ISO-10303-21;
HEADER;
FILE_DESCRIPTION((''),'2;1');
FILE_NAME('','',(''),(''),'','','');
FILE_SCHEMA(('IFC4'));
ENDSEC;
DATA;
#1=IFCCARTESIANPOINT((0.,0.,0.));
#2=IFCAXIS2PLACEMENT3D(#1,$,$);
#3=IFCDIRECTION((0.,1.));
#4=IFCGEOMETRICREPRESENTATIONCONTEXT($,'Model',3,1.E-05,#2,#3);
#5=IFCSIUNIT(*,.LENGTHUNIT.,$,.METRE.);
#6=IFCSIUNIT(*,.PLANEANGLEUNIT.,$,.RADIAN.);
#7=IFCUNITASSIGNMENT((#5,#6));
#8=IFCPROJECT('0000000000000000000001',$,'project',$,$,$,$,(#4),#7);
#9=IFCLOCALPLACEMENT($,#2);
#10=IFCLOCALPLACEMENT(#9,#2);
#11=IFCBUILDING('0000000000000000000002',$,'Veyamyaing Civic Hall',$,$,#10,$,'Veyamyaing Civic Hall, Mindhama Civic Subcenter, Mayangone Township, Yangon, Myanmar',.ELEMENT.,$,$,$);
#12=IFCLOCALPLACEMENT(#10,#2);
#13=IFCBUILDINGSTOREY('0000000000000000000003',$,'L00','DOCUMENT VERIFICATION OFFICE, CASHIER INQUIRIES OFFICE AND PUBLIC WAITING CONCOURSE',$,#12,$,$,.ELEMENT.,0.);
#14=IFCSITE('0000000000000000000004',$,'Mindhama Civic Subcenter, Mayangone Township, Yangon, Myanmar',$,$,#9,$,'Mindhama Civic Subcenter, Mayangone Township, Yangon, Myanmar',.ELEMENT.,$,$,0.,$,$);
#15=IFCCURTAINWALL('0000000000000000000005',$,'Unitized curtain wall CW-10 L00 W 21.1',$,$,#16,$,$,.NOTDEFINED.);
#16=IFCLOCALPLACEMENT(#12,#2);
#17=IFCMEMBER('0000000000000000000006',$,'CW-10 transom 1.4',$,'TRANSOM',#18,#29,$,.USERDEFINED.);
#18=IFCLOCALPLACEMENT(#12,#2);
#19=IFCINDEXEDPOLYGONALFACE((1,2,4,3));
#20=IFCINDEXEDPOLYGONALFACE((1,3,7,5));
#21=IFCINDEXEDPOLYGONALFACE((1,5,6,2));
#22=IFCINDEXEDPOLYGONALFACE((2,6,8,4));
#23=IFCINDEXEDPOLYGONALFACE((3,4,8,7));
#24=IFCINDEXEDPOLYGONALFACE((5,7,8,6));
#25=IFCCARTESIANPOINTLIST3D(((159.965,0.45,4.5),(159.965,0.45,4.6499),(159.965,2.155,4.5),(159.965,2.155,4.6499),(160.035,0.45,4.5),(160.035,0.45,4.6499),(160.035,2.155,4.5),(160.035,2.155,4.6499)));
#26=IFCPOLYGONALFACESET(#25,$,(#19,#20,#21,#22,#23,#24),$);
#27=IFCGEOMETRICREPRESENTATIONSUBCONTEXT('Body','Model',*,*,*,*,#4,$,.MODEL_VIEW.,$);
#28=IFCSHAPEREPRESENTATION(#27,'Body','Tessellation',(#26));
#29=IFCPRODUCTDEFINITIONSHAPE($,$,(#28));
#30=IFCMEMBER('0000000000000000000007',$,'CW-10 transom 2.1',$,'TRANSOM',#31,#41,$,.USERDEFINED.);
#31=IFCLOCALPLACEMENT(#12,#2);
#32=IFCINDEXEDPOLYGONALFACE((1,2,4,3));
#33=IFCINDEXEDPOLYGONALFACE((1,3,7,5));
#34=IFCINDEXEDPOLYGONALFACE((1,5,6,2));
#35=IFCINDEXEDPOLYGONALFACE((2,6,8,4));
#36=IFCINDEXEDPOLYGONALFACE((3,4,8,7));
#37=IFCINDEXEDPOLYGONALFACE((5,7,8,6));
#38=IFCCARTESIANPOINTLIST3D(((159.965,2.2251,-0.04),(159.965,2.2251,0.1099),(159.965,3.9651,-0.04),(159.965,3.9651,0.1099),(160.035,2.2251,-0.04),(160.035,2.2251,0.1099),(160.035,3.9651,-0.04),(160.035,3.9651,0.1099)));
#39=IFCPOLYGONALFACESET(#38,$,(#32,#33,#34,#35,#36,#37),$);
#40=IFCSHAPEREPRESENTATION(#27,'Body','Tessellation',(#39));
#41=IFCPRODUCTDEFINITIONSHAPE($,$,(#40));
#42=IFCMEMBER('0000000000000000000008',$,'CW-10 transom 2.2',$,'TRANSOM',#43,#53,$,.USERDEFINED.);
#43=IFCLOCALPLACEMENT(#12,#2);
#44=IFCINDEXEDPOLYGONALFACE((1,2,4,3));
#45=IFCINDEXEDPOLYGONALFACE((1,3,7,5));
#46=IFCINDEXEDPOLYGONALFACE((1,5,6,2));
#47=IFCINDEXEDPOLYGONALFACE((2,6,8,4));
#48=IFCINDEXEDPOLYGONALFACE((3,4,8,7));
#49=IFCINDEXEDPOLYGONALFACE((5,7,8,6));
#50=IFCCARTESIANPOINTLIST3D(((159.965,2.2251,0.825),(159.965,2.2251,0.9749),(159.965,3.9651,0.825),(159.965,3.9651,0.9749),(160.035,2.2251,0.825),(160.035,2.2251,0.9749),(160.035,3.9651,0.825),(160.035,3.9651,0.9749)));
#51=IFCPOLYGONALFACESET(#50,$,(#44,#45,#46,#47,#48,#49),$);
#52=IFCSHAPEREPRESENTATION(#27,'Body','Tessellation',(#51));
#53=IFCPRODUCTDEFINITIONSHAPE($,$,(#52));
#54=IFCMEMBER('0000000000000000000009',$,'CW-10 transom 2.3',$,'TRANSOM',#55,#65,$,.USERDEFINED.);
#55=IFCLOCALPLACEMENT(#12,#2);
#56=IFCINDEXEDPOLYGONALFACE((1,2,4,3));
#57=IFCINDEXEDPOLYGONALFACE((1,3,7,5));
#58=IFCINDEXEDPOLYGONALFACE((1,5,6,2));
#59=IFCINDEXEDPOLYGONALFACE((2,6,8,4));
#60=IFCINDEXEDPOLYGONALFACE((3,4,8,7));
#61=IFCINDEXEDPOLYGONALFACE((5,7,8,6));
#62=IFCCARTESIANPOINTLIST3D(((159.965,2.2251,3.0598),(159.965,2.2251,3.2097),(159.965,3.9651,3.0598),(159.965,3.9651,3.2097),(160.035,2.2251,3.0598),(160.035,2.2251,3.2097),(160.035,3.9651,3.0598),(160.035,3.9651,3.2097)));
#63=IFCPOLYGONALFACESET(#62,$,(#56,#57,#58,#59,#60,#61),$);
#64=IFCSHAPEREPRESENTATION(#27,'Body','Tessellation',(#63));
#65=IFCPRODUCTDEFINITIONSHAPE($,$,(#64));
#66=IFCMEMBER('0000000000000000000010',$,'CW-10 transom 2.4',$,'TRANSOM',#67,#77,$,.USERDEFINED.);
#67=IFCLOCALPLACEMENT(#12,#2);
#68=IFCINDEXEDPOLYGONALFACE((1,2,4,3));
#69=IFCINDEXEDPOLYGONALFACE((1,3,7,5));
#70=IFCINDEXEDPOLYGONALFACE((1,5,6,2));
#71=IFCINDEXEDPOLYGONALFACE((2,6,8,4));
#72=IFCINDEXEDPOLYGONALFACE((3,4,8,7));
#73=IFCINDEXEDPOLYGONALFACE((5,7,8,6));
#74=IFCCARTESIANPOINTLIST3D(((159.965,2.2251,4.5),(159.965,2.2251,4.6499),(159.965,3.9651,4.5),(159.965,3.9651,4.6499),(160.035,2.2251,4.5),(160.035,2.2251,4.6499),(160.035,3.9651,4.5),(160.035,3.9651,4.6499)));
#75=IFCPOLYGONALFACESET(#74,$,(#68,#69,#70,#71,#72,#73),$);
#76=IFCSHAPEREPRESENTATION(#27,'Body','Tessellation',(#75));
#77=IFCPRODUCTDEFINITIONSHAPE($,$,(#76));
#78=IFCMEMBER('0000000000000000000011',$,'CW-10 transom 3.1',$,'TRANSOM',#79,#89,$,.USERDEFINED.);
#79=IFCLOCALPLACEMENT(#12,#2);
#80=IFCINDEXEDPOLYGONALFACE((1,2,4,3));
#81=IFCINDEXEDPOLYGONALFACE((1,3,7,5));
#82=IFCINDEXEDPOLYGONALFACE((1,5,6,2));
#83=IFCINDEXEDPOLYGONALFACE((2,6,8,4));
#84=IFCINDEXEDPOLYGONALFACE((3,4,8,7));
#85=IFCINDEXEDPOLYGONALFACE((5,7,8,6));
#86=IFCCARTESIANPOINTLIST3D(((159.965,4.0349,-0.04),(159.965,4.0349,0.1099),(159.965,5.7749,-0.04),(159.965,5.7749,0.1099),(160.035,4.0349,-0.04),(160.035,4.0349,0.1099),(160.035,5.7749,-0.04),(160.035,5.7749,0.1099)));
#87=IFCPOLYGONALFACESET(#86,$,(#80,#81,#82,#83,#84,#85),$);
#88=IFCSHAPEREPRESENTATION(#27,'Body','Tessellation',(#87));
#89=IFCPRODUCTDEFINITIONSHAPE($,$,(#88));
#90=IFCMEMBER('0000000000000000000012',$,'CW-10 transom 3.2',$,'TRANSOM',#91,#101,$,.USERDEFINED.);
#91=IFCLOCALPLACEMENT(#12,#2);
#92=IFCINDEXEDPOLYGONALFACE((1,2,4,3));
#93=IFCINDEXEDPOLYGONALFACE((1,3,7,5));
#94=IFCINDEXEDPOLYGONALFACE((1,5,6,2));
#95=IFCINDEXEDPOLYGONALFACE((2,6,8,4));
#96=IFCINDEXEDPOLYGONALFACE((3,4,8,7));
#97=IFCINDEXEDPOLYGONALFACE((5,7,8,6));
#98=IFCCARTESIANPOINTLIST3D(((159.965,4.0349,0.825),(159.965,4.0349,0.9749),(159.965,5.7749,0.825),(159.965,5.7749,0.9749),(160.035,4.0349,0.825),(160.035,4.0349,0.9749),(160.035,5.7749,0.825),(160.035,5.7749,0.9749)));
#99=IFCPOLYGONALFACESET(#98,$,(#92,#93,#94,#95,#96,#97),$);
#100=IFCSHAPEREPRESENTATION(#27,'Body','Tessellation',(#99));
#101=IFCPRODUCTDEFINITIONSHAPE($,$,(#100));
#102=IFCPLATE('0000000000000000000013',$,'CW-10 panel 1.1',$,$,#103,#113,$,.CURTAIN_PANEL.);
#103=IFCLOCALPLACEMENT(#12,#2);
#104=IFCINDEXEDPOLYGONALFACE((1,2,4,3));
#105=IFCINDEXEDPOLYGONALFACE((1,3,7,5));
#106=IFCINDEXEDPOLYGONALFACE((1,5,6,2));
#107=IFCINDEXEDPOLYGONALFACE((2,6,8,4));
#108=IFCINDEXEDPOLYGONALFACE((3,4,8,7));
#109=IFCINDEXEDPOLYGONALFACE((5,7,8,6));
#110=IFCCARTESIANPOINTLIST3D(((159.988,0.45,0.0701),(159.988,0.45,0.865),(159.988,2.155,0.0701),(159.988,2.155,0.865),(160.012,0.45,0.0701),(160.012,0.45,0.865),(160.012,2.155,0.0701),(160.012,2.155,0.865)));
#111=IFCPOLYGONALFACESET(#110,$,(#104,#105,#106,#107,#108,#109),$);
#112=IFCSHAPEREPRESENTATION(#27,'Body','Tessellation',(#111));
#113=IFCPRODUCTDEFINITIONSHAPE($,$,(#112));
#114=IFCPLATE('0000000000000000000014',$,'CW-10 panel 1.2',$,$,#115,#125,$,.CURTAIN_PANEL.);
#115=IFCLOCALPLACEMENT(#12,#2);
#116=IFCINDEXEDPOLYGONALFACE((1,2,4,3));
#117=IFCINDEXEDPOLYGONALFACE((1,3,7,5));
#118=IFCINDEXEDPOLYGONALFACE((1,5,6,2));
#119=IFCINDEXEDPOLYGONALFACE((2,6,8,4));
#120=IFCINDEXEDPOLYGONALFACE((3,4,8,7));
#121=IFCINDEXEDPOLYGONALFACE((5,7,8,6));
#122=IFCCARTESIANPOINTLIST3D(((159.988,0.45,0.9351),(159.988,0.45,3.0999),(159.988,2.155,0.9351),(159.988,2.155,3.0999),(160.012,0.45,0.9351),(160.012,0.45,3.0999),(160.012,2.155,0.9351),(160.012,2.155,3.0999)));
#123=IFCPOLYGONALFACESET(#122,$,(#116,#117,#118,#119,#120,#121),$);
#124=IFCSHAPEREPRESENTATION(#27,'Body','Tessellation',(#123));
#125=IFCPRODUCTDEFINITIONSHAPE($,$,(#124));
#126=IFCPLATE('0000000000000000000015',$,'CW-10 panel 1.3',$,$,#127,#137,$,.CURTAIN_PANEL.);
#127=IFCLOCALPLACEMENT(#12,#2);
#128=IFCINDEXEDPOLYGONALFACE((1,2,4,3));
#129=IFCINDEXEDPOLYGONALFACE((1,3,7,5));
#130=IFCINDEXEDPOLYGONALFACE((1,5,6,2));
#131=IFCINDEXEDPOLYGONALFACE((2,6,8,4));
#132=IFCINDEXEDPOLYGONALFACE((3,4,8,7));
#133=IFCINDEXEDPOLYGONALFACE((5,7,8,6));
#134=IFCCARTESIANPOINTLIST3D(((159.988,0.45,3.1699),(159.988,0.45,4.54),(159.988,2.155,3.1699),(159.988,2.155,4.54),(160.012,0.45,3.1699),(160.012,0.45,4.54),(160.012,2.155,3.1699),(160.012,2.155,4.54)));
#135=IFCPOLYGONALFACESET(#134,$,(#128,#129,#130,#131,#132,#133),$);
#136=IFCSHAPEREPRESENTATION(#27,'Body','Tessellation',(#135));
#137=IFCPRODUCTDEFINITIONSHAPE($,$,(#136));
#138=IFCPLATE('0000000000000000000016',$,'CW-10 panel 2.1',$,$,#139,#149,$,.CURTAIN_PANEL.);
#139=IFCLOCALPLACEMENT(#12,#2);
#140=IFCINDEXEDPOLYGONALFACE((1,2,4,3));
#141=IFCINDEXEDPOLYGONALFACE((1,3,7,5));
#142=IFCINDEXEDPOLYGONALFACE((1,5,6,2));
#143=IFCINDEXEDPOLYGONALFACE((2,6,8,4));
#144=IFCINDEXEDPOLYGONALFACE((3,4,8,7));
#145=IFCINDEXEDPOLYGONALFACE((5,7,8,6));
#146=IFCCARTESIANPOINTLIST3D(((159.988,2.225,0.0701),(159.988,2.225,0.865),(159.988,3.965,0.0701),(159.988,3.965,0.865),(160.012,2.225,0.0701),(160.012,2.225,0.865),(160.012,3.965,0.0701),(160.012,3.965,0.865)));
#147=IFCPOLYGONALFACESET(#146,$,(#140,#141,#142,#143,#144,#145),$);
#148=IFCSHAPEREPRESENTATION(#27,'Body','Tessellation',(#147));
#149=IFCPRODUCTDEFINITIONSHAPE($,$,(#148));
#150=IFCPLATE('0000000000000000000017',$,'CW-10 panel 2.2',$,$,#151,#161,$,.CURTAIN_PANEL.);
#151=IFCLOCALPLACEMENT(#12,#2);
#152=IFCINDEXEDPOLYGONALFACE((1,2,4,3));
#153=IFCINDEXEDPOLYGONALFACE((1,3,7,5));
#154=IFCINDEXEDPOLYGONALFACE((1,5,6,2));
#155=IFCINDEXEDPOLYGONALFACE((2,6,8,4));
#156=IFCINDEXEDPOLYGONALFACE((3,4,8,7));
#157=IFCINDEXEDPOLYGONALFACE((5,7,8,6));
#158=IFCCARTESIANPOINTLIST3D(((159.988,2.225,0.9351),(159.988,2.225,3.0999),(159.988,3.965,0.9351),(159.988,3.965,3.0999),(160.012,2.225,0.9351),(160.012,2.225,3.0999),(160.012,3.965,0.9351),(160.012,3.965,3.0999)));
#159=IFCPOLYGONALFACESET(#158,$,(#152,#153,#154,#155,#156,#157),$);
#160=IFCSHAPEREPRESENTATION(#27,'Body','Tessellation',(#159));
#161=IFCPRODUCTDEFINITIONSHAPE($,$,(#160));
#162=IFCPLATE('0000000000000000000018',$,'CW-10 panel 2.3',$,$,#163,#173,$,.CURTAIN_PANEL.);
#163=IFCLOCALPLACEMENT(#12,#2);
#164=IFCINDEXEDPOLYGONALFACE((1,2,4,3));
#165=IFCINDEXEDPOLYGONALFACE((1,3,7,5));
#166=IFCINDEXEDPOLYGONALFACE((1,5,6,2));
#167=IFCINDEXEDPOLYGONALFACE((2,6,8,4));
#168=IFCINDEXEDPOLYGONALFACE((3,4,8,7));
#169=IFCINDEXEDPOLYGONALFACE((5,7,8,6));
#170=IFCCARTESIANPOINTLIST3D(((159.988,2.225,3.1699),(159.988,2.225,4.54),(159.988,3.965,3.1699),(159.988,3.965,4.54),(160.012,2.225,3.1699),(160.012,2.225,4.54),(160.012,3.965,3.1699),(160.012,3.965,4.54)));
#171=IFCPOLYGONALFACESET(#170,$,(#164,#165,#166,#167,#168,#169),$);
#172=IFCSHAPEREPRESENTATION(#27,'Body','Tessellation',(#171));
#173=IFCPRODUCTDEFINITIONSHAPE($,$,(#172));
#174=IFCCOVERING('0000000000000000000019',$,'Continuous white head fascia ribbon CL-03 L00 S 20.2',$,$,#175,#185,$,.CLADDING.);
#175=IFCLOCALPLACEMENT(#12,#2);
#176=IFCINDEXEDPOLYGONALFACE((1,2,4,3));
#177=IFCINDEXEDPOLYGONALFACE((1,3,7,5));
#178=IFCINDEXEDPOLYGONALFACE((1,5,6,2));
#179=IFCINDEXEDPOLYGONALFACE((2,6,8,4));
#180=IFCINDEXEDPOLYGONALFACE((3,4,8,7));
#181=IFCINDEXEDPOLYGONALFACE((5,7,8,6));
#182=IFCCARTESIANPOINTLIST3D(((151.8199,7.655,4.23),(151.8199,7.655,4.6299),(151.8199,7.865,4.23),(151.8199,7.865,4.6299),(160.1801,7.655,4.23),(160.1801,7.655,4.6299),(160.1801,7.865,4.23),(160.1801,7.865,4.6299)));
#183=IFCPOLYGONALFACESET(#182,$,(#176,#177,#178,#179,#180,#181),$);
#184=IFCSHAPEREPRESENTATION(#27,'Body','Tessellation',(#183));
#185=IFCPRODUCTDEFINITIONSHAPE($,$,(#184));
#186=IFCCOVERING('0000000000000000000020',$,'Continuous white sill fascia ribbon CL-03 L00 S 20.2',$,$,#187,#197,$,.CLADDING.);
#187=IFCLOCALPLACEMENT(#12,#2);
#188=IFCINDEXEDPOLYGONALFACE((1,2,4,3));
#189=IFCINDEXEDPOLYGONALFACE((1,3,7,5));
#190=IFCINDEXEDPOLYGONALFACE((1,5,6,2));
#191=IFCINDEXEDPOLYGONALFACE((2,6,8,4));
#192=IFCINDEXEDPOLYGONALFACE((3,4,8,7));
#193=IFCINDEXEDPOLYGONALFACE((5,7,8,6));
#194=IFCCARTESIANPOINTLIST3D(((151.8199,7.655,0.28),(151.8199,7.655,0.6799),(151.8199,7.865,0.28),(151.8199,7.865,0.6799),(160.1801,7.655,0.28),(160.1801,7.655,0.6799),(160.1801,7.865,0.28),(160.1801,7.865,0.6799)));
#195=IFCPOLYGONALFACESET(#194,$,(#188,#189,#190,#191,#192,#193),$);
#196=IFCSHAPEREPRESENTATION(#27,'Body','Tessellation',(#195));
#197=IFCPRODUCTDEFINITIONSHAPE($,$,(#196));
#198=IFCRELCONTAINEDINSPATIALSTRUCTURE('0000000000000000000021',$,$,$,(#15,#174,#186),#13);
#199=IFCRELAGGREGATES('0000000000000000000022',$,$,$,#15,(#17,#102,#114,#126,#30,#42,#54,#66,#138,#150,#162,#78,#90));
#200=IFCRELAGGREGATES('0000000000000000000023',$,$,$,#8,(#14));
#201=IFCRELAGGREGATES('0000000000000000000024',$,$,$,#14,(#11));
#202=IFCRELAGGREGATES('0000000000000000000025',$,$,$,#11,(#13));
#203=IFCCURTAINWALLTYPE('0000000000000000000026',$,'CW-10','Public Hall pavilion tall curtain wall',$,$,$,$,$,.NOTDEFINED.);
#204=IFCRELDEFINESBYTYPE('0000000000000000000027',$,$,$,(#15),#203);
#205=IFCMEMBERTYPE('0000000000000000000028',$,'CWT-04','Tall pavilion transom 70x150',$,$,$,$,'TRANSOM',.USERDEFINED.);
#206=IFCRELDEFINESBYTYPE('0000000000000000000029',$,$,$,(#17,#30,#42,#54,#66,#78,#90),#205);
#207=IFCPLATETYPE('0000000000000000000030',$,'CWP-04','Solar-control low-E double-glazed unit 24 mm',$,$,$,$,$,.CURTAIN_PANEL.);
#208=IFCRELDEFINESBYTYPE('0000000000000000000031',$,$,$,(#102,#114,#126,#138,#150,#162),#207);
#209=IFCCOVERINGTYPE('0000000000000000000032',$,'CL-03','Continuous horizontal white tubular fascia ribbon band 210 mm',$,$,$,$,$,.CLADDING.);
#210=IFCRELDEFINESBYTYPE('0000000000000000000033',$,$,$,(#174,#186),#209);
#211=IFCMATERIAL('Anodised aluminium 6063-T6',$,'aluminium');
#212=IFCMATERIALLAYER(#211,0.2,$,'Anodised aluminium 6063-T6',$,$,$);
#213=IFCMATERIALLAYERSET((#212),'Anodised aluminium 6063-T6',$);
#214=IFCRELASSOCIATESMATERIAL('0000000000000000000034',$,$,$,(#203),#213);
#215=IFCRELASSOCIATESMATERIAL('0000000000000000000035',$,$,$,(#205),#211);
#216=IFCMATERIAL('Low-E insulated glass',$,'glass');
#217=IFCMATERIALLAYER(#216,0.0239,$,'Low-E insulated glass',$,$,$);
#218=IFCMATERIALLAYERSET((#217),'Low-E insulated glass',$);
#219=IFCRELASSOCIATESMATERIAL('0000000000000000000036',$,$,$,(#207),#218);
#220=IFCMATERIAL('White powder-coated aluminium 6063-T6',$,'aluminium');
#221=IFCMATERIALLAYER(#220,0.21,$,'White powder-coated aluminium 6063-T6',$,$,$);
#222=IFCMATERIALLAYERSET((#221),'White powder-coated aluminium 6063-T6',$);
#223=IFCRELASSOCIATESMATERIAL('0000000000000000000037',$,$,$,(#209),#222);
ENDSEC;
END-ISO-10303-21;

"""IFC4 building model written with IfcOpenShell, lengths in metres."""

from ifc_helpers import new_model, si_unit, direction, frame, origin, origin_2d, place, context, subcontext, project, spatial, rectangle, extrude, material, layer, layer_set, material_profile, profile_set, type_object, element, aggregate, save


model = new_model("IFC4")

# Units and contexts
model_context = context("Model", 3, precision=1e-05, world=origin(), true_north=direction((0.0, 1.0)))
body_context = subcontext(model_context, "Body", "Model", "MODEL_VIEW")
ifc_project = project(units=[si_unit("LENGTHUNIT", "METRE"), si_unit("PLANEANGLEUNIT", "RADIAN")], contexts=[model_context])

# Site, building, storey
site_placement = place(None, origin())
site = spatial("IfcSite", under=ifc_project, at=site_placement, Name="Mindhama Civic Subcenter, Mayangone Township, Yangon, Myanmar", LongName="Mindhama Civic Subcenter, Mayangone Township, Yangon, Myanmar", CompositionType="ELEMENT", RefElevation=0.0)
building_placement = place(site_placement, origin())
building = spatial("IfcBuilding", under=site, at=building_placement, Name="Veyamyaing Civic Hall", LongName="Veyamyaing Civic Hall, Mindhama Civic Subcenter, Mayangone Township, Yangon, Myanmar", CompositionType="ELEMENT")
storey_placement = place(building_placement, origin())
storey = spatial("IfcBuildingStorey", under=building, at=storey_placement, Name="L00", Description="DOCUMENT VERIFICATION OFFICE, CASHIER INQUIRIES OFFICE AND PUBLIC WAITING CONCOURSE", CompositionType="ELEMENT", Elevation=0.0)

# Shared definitions
ifc_material_1 = material(Name="Anodised aluminium 6063-T6", Category="aluminium")
ifc_layer_1 = layer(ifc_material_1, 0.2, Name="Anodised aluminium 6063-T6")
ifc_layer_set_1 = layer_set([ifc_layer_1], Name="Anodised aluminium 6063-T6")
curtain_wall_type = type_object("IfcCurtainWallType", Name="CW-10", Description="Public Hall pavilion tall curtain wall", PredefinedType="NOTDEFINED", material=ifc_layer_set_1)

# Curtain wall
curtain_wall_1_placement = place(storey_placement, origin())
curtain_wall_1 = element("IfcCurtainWall", 1, at=curtain_wall_1_placement, inside=storey, type_object=curtain_wall_type, Name="Unitized curtain wall CW-10 L00 W 21.1", PredefinedType="NOTDEFINED")

# Members
ifc_material_profile_1 = material_profile(ifc_material_1, rectangle(XDim=0.0701, YDim=0.1499, at=origin_2d()), Name="ALU-TRN-70X150")
ifc_profile_set_1 = profile_set([ifc_material_profile_1], Name="Anodised aluminium 6063-T6")
member_type_1 = type_object("IfcMemberType", Name="CWT-04", Description="Tall pavilion transom 70x150", ElementType="TRANSOM", PredefinedType="USERDEFINED", material=ifc_profile_set_1)
member_1_placement = place(storey_placement, frame((160.0, 0.45, 4.575), z_axis=(0.0, 1.0, 0.0), x_axis=(-1.0, 0.0, 0.0)))
member_1 = element("IfcMember", 2, at=member_1_placement, type_object=member_type_1, Name="CW-10 transom 1.4", ObjectType="TRANSOM", PredefinedType="USERDEFINED", context=body_context, shape_type="SweptSolid", body=[
    extrude(rectangle(XDim=0.0701, YDim=0.1499, at=origin_2d()), origin(), (0.0, 0.0, 1.0), 1.7051),
])
member_2_placement = place(storey_placement, frame((160.0, 2.2251, 0.0349), z_axis=(0.0, 1.0, 0.0), x_axis=(-1.0, 0.0, 0.0)))
member_2 = element("IfcMember", 3, at=member_2_placement, type_object=member_type_1, Name="CW-10 transom 2.1", ObjectType="TRANSOM", PredefinedType="USERDEFINED", context=body_context, shape_type="SweptSolid", body=[
    extrude(rectangle(XDim=0.0701, YDim=0.1499, at=origin_2d()), origin(), (0.0, 0.0, 1.0), 1.74),
])
member_3_placement = place(storey_placement, frame((160.0, 2.2251, 0.8999), z_axis=(0.0, 1.0, 0.0), x_axis=(-1.0, 0.0, 0.0)))
member_3 = element("IfcMember", 4, at=member_3_placement, type_object=member_type_1, Name="CW-10 transom 2.2", ObjectType="TRANSOM", PredefinedType="USERDEFINED", context=body_context, shape_type="SweptSolid", body=[
    extrude(rectangle(XDim=0.0701, YDim=0.1499, at=origin_2d()), origin(), (0.0, 0.0, 1.0), 1.74),
])
member_4_placement = place(storey_placement, frame((160.0, 2.2251, 3.1348), z_axis=(0.0, 1.0, 0.0), x_axis=(-1.0, 0.0, 0.0)))
member_4 = element("IfcMember", 5, at=member_4_placement, type_object=member_type_1, Name="CW-10 transom 2.3", ObjectType="TRANSOM", PredefinedType="USERDEFINED", context=body_context, shape_type="SweptSolid", body=[
    extrude(rectangle(XDim=0.0701, YDim=0.1499, at=origin_2d()), origin(), (0.0, 0.0, 1.0), 1.74),
])
member_5_placement = place(storey_placement, frame((160.0, 2.2251, 4.575), z_axis=(0.0, 1.0, 0.0), x_axis=(-1.0, 0.0, 0.0)))
member_5 = element("IfcMember", 6, at=member_5_placement, type_object=member_type_1, Name="CW-10 transom 2.4", ObjectType="TRANSOM", PredefinedType="USERDEFINED", context=body_context, shape_type="SweptSolid", body=[
    extrude(rectangle(XDim=0.0701, YDim=0.1499, at=origin_2d()), origin(), (0.0, 0.0, 1.0), 1.74),
])
member_6_placement = place(storey_placement, frame((160.0, 4.0349, 0.0349), z_axis=(0.0, 1.0, 0.0), x_axis=(-1.0, 0.0, 0.0)))
member_6 = element("IfcMember", 7, at=member_6_placement, type_object=member_type_1, Name="CW-10 transom 3.1", ObjectType="TRANSOM", PredefinedType="USERDEFINED", context=body_context, shape_type="SweptSolid", body=[
    extrude(rectangle(XDim=0.0701, YDim=0.1499, at=origin_2d()), origin(), (0.0, 0.0, 1.0), 1.74),
])
member_7_placement = place(storey_placement, frame((160.0, 4.0349, 0.8999), z_axis=(0.0, 1.0, 0.0), x_axis=(-1.0, 0.0, 0.0)))
member_7 = element("IfcMember", 8, at=member_7_placement, type_object=member_type_1, Name="CW-10 transom 3.2", ObjectType="TRANSOM", PredefinedType="USERDEFINED", context=body_context, shape_type="SweptSolid", body=[
    extrude(rectangle(XDim=0.0701, YDim=0.1499, at=origin_2d()), origin(), (0.0, 0.0, 1.0), 1.74),
])

# Plates
ifc_material_2 = material(Name="Low-E insulated glass", Category="glass")
ifc_layer_2 = layer(ifc_material_2, 0.0239, Name="Low-E insulated glass")
ifc_layer_set_2 = layer_set([ifc_layer_2], Name="Low-E insulated glass")
plate_type = type_object("IfcPlateType", Name="CWP-04", Description="Solar-control low-E double-glazed unit 24 mm", PredefinedType="CURTAIN_PANEL", material=ifc_layer_set_2)
plate_1_placement = place(storey_placement, frame((160.0, 1.3025, 0.0701), z_axis=(0.0, 0.0, 1.0), x_axis=(0.0, 1.0, 0.0)))
plate_1 = element("IfcPlate", 9, at=plate_1_placement, type_object=plate_type, Name="CW-10 panel 1.1", PredefinedType="CURTAIN_PANEL", context=body_context, shape_type="SweptSolid", body=[
    extrude(rectangle(XDim=1.7051, YDim=0.0239, at=origin_2d()), origin(), (0.0, 0.0, 1.0), 0.7949),
])
plate_2_placement = place(storey_placement, frame((160.0, 1.3025, 0.9351), z_axis=(0.0, 0.0, 1.0), x_axis=(0.0, 1.0, 0.0)))
plate_2 = element("IfcPlate", 10, at=plate_2_placement, type_object=plate_type, Name="CW-10 panel 1.2", PredefinedType="CURTAIN_PANEL", context=body_context, shape_type="SweptSolid", body=[
    extrude(rectangle(XDim=1.7051, YDim=0.0239, at=origin_2d()), origin(), (0.0, 0.0, 1.0), 2.1648),
])
plate_3_placement = place(storey_placement, frame((160.0, 1.3025, 3.1699), z_axis=(0.0, 0.0, 1.0), x_axis=(0.0, 1.0, 0.0)))
plate_3 = element("IfcPlate", 11, at=plate_3_placement, type_object=plate_type, Name="CW-10 panel 1.3", PredefinedType="CURTAIN_PANEL", context=body_context, shape_type="SweptSolid", body=[
    extrude(rectangle(XDim=1.7051, YDim=0.0239, at=origin_2d()), origin(), (0.0, 0.0, 1.0), 1.3701),
])
plate_4_placement = place(storey_placement, frame((160.0, 3.095, 0.0701), z_axis=(0.0, 0.0, 1.0), x_axis=(0.0, 1.0, 0.0)))
plate_4 = element("IfcPlate", 12, at=plate_4_placement, type_object=plate_type, Name="CW-10 panel 2.1", PredefinedType="CURTAIN_PANEL", context=body_context, shape_type="SweptSolid", body=[
    extrude(rectangle(XDim=1.74, YDim=0.0239, at=origin_2d()), origin(), (0.0, 0.0, 1.0), 0.7949),
])
plate_5_placement = place(storey_placement, frame((160.0, 3.095, 0.9351), z_axis=(0.0, 0.0, 1.0), x_axis=(0.0, 1.0, 0.0)))
plate_5 = element("IfcPlate", 13, at=plate_5_placement, type_object=plate_type, Name="CW-10 panel 2.2", PredefinedType="CURTAIN_PANEL", context=body_context, shape_type="SweptSolid", body=[
    extrude(rectangle(XDim=1.74, YDim=0.0239, at=origin_2d()), origin(), (0.0, 0.0, 1.0), 2.1648),
])
plate_6_placement = place(storey_placement, frame((160.0, 3.095, 3.1699), z_axis=(0.0, 0.0, 1.0), x_axis=(0.0, 1.0, 0.0)))
plate_6 = element("IfcPlate", 14, at=plate_6_placement, type_object=plate_type, Name="CW-10 panel 2.3", PredefinedType="CURTAIN_PANEL", context=body_context, shape_type="SweptSolid", body=[
    extrude(rectangle(XDim=1.74, YDim=0.0239, at=origin_2d()), origin(), (0.0, 0.0, 1.0), 1.3701),
])
aggregate(curtain_wall_1, [member_1, plate_1, plate_2, plate_3, member_2, member_3, member_4, member_5, plate_4, plate_5, plate_6, member_6, member_7])

# Coverings
ifc_material_3 = material(Name="White powder-coated aluminium 6063-T6", Category="aluminium")
ifc_layer_3 = layer(ifc_material_3, 0.21, Name="White powder-coated aluminium 6063-T6")
ifc_layer_set_3 = layer_set([ifc_layer_3], Name="White powder-coated aluminium 6063-T6")
covering_type = type_object("IfcCoveringType", Name="CL-03", Description="Continuous horizontal white tubular fascia ribbon band 210 mm", PredefinedType="CLADDING", material=ifc_layer_set_3)
for number, where, z_axis, x_axis, name in (
    (15, (156.0, 7.76, 4.23), (0.0, 0.0, 1.0), (1.0, 0.0, 0.0), "Continuous white head fascia ribbon CL-03 L00 S 20.2"),
    (16, (156.0, 7.76, 0.28), (0.0, 0.0, 1.0), (1.0, 0.0, 0.0), "Continuous white sill fascia ribbon CL-03 L00 S 20.2"),
):
    element("IfcCovering", number, at=place(storey_placement, frame(where, z_axis=z_axis, x_axis=x_axis)), inside=storey, type_object=covering_type, Name=name, PredefinedType="CLADDING", context=body_context, shape_type="SweptSolid", body=[
        extrude(rectangle(XDim=8.3601, YDim=0.21, at=origin_2d()), origin(), (0.0, 0.0, 1.0), 0.3999),
    ])

save(model, "model.ifc")
